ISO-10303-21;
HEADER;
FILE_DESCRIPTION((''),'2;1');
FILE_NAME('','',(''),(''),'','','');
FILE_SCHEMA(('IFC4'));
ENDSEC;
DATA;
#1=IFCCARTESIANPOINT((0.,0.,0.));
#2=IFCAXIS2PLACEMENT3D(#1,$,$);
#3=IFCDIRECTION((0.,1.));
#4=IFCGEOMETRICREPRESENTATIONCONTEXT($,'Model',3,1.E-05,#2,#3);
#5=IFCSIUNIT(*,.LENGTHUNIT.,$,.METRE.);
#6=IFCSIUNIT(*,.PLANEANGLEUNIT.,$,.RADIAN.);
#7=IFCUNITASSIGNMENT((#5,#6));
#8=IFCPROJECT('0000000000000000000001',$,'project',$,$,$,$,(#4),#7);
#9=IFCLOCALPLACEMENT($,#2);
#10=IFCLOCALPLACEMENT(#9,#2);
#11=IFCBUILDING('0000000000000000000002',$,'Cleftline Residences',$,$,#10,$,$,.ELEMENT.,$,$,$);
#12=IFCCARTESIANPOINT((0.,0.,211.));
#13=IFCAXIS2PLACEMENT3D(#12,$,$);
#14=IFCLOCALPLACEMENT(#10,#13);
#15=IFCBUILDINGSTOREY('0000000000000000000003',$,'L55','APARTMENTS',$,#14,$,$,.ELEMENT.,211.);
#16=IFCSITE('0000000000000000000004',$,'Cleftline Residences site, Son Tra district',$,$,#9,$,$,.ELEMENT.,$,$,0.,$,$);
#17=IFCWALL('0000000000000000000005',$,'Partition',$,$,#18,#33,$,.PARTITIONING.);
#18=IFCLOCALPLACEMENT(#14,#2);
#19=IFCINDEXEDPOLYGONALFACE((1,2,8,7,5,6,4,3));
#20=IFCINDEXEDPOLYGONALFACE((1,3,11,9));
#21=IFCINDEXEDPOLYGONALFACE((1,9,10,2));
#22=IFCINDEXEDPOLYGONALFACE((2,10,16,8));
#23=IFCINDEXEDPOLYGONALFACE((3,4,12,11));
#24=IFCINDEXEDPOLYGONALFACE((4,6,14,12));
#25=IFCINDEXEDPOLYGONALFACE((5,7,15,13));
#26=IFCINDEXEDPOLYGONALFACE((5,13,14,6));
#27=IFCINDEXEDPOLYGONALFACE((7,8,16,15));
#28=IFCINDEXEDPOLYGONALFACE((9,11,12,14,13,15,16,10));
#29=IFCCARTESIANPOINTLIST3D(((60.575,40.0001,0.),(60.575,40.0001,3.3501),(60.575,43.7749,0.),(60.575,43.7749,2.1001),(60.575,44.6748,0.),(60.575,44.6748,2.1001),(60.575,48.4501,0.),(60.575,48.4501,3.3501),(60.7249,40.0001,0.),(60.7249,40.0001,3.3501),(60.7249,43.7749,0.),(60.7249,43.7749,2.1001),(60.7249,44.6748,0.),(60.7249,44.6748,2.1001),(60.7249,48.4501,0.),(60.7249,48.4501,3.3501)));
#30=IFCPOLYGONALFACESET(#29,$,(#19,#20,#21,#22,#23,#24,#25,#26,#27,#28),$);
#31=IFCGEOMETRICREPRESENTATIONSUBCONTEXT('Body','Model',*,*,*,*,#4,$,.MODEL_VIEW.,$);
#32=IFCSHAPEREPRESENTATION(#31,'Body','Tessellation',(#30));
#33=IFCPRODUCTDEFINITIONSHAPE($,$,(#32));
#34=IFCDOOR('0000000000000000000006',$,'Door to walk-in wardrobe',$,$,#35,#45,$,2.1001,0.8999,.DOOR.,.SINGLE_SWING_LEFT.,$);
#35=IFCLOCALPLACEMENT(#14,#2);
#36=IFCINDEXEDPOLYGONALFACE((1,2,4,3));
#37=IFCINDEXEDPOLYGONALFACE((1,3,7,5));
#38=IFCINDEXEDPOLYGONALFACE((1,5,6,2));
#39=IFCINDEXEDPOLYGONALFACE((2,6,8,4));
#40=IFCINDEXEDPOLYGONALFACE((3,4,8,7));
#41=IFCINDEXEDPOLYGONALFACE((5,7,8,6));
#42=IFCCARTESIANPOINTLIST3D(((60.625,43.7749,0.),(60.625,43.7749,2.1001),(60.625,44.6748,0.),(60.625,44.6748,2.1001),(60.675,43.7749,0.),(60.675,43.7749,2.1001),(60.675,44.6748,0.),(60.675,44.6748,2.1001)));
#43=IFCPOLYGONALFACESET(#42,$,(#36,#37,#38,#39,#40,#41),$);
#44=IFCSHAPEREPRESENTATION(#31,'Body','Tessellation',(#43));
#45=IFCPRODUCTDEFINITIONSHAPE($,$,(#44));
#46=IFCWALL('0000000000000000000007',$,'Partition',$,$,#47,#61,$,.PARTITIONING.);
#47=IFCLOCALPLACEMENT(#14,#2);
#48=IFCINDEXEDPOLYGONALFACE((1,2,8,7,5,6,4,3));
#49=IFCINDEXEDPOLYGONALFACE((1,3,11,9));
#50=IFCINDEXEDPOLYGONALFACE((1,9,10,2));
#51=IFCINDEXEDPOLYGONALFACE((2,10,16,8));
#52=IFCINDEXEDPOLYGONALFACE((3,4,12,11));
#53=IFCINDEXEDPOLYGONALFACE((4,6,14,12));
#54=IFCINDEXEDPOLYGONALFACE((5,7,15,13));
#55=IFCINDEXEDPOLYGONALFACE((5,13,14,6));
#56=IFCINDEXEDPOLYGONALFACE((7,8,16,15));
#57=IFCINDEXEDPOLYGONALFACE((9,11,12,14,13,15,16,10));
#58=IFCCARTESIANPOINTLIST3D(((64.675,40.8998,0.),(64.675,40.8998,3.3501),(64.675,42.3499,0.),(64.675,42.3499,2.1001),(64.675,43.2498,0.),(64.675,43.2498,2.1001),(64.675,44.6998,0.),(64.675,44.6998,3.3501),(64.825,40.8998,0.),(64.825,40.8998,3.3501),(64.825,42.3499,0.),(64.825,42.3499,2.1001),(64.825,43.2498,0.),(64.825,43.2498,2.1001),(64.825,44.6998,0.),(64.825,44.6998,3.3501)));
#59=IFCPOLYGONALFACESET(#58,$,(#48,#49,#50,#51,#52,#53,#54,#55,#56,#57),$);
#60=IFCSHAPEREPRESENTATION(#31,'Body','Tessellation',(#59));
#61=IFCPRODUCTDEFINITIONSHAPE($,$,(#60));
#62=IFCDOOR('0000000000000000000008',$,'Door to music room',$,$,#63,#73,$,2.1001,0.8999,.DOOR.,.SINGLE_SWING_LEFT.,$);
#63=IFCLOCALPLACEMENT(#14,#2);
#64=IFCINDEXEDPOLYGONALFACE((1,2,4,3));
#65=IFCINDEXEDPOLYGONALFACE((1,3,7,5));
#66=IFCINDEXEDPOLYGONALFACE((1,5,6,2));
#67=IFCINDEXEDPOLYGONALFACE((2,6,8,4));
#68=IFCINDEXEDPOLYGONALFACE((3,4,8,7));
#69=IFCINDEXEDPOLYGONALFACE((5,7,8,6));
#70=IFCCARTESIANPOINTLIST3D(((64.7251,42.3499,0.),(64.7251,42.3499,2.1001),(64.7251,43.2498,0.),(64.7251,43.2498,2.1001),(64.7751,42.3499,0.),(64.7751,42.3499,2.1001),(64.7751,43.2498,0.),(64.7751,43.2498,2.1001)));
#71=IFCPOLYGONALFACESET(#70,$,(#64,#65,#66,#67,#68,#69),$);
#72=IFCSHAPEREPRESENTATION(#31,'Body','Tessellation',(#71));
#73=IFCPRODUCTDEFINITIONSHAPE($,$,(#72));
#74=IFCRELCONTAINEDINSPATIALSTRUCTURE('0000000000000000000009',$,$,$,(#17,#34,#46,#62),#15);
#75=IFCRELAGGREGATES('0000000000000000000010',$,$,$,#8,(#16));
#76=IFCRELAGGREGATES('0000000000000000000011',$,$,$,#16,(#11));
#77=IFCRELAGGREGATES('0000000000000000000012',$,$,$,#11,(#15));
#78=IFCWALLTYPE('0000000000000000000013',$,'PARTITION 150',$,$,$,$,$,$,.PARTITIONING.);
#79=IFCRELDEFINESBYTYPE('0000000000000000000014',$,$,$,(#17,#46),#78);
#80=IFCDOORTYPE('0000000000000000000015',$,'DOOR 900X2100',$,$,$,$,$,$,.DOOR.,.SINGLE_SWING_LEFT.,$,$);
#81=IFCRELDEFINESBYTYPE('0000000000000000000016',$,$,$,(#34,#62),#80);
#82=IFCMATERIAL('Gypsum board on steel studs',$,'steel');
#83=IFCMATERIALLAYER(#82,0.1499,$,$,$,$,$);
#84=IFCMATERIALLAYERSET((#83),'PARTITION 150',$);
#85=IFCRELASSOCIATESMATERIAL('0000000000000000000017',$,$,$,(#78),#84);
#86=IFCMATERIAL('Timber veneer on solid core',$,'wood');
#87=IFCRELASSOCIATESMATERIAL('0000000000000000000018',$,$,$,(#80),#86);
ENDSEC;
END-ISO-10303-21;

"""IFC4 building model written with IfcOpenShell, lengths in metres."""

from ifc_helpers import new_model, si_unit, direction, frame, frame_2d, origin, place, context, subcontext, project, spatial, rectangle, extrude, material, layer, layer_set, type_object, element, fill, save


model = new_model("IFC4")

# Units and contexts
model_context = context("Model", 3, precision=1e-05, world=origin(), true_north=direction((0.0, 1.0)))
body_context = subcontext(model_context, "Body", "Model", "MODEL_VIEW")
ifc_project = project(units=[si_unit("LENGTHUNIT", "METRE"), si_unit("PLANEANGLEUNIT", "RADIAN")], contexts=[model_context])

# Site, building, storey
site_placement = place(None, origin())
site = spatial("IfcSite", under=ifc_project, at=site_placement, Name="Cleftline Residences site, Son Tra district", CompositionType="ELEMENT", RefElevation=0.0)
building_placement = place(site_placement, origin())
building = spatial("IfcBuilding", under=site, at=building_placement, Name="Cleftline Residences", CompositionType="ELEMENT")
storey_placement = place(building_placement, frame((0.0, 0.0, 211.0)))
storey = spatial("IfcBuildingStorey", under=building, at=storey_placement, Name="L55", Description="APARTMENTS", CompositionType="ELEMENT", Elevation=211.0)

# Walls, openings, doors
ifc_material_1 = material(Name="Gypsum board on steel studs", Category="steel")
ifc_layer_1 = layer(ifc_material_1, 0.1499)
ifc_layer_set_1 = layer_set([ifc_layer_1], Name="PARTITION 150")
wall_type_1 = type_object("IfcWallType", Name="PARTITION 150", PredefinedType="PARTITIONING", material=ifc_layer_set_1)
wall_1_placement = place(storey_placement, frame((60.6499, 40.0, 0.0), z_axis=(0.0, 0.0, 1.0), x_axis=(0.0, 1.0, 0.0)))
wall_1 = element("IfcWall", 1, at=wall_1_placement, inside=storey, type_object=wall_type_1, Name="Partition", PredefinedType="PARTITIONING", context=body_context, shape_type="SweptSolid", body=[
    extrude(rectangle(XDim=8.45, YDim=0.1499, at=frame_2d((4.2251, 0.0))), origin(), (0.0, 0.0, 1.0), 3.3501),
])
opening_1_placement = place(wall_1_placement, frame((3.7749, 0.0, 0.0)))
opening_1 = element("IfcOpeningElement", 2, at=opening_1_placement, cuts=wall_1, PredefinedType="OPENING", context=body_context, shape_type="SweptSolid", body=[
    extrude(rectangle(XDim=0.8999, YDim=2.1001, at=frame_2d((0.45, 1.05))), frame((0.0, 0.085, 0.0), z_axis=(0.0, -1.0, 0.0), x_axis=(1.0, 0.0, 0.0)), (0.0, 0.0, 1.0), 0.1699),
])
ifc_material_2 = material(Name="Timber veneer on solid core", Category="wood")
door_type = type_object("IfcDoorType", Name="DOOR 900X2100", OperationType="SINGLE_SWING_LEFT", PredefinedType="DOOR", material=ifc_material_2)
door_1_placement = place(opening_1_placement, origin())
door_1 = element("IfcDoor", 3, at=door_1_placement, inside=storey, type_object=door_type, Name="Door to walk-in wardrobe", OperationType="SINGLE_SWING_LEFT", OverallHeight=2.1001, OverallWidth=0.8999, PredefinedType="DOOR", context=body_context, shape_type="SweptSolid", body=[
    extrude(rectangle(XDim=0.8999, YDim=2.1001, at=frame_2d((0.45, 1.05))), frame((0.0, 0.0249, 0.0), z_axis=(0.0, -1.0, 0.0), x_axis=(1.0, 0.0, 0.0)), (0.0, 0.0, 1.0), 0.05),
])
fill(opening_1, door_1)
wall_2_placement = place(storey_placement, frame((64.75, 40.8999, 0.0), z_axis=(0.0, 0.0, 1.0), x_axis=(0.0, 1.0, 0.0)))
wall_2 = element("IfcWall", 4, at=wall_2_placement, inside=storey, type_object=wall_type_1, Name="Partition", PredefinedType="PARTITIONING", context=body_context, shape_type="SweptSolid", body=[
    extrude(rectangle(XDim=3.8, YDim=0.1499, at=frame_2d((1.8999, 0.0))), origin(), (0.0, 0.0, 1.0), 3.3501),
])
opening_2_placement = place(wall_2_placement, frame((1.45, 0.0, 0.0)))
opening_2 = element("IfcOpeningElement", 5, at=opening_2_placement, cuts=wall_2, PredefinedType="OPENING", context=body_context, shape_type="SweptSolid", body=[
    extrude(rectangle(XDim=0.8999, YDim=2.1001, at=frame_2d((0.45, 1.05))), frame((0.0, 0.085, 0.0), z_axis=(0.0, -1.0, 0.0), x_axis=(1.0, 0.0, 0.0)), (0.0, 0.0, 1.0), 0.1699),
])
door_2_placement = place(opening_2_placement, origin())
door_2 = element("IfcDoor", 6, at=door_2_placement, inside=storey, type_object=door_type, Name="Door to music room", OperationType="SINGLE_SWING_LEFT", OverallHeight=2.1001, OverallWidth=0.8999, PredefinedType="DOOR", context=body_context, shape_type="SweptSolid", body=[
    extrude(rectangle(XDim=0.8999, YDim=2.1001, at=frame_2d((0.45, 1.05))), frame((0.0, 0.0249, 0.0), z_axis=(0.0, -1.0, 0.0), x_axis=(1.0, 0.0, 0.0)), (0.0, 0.0, 1.0), 0.05),
])
fill(opening_2, door_2)

save(model, "model.ifc")
